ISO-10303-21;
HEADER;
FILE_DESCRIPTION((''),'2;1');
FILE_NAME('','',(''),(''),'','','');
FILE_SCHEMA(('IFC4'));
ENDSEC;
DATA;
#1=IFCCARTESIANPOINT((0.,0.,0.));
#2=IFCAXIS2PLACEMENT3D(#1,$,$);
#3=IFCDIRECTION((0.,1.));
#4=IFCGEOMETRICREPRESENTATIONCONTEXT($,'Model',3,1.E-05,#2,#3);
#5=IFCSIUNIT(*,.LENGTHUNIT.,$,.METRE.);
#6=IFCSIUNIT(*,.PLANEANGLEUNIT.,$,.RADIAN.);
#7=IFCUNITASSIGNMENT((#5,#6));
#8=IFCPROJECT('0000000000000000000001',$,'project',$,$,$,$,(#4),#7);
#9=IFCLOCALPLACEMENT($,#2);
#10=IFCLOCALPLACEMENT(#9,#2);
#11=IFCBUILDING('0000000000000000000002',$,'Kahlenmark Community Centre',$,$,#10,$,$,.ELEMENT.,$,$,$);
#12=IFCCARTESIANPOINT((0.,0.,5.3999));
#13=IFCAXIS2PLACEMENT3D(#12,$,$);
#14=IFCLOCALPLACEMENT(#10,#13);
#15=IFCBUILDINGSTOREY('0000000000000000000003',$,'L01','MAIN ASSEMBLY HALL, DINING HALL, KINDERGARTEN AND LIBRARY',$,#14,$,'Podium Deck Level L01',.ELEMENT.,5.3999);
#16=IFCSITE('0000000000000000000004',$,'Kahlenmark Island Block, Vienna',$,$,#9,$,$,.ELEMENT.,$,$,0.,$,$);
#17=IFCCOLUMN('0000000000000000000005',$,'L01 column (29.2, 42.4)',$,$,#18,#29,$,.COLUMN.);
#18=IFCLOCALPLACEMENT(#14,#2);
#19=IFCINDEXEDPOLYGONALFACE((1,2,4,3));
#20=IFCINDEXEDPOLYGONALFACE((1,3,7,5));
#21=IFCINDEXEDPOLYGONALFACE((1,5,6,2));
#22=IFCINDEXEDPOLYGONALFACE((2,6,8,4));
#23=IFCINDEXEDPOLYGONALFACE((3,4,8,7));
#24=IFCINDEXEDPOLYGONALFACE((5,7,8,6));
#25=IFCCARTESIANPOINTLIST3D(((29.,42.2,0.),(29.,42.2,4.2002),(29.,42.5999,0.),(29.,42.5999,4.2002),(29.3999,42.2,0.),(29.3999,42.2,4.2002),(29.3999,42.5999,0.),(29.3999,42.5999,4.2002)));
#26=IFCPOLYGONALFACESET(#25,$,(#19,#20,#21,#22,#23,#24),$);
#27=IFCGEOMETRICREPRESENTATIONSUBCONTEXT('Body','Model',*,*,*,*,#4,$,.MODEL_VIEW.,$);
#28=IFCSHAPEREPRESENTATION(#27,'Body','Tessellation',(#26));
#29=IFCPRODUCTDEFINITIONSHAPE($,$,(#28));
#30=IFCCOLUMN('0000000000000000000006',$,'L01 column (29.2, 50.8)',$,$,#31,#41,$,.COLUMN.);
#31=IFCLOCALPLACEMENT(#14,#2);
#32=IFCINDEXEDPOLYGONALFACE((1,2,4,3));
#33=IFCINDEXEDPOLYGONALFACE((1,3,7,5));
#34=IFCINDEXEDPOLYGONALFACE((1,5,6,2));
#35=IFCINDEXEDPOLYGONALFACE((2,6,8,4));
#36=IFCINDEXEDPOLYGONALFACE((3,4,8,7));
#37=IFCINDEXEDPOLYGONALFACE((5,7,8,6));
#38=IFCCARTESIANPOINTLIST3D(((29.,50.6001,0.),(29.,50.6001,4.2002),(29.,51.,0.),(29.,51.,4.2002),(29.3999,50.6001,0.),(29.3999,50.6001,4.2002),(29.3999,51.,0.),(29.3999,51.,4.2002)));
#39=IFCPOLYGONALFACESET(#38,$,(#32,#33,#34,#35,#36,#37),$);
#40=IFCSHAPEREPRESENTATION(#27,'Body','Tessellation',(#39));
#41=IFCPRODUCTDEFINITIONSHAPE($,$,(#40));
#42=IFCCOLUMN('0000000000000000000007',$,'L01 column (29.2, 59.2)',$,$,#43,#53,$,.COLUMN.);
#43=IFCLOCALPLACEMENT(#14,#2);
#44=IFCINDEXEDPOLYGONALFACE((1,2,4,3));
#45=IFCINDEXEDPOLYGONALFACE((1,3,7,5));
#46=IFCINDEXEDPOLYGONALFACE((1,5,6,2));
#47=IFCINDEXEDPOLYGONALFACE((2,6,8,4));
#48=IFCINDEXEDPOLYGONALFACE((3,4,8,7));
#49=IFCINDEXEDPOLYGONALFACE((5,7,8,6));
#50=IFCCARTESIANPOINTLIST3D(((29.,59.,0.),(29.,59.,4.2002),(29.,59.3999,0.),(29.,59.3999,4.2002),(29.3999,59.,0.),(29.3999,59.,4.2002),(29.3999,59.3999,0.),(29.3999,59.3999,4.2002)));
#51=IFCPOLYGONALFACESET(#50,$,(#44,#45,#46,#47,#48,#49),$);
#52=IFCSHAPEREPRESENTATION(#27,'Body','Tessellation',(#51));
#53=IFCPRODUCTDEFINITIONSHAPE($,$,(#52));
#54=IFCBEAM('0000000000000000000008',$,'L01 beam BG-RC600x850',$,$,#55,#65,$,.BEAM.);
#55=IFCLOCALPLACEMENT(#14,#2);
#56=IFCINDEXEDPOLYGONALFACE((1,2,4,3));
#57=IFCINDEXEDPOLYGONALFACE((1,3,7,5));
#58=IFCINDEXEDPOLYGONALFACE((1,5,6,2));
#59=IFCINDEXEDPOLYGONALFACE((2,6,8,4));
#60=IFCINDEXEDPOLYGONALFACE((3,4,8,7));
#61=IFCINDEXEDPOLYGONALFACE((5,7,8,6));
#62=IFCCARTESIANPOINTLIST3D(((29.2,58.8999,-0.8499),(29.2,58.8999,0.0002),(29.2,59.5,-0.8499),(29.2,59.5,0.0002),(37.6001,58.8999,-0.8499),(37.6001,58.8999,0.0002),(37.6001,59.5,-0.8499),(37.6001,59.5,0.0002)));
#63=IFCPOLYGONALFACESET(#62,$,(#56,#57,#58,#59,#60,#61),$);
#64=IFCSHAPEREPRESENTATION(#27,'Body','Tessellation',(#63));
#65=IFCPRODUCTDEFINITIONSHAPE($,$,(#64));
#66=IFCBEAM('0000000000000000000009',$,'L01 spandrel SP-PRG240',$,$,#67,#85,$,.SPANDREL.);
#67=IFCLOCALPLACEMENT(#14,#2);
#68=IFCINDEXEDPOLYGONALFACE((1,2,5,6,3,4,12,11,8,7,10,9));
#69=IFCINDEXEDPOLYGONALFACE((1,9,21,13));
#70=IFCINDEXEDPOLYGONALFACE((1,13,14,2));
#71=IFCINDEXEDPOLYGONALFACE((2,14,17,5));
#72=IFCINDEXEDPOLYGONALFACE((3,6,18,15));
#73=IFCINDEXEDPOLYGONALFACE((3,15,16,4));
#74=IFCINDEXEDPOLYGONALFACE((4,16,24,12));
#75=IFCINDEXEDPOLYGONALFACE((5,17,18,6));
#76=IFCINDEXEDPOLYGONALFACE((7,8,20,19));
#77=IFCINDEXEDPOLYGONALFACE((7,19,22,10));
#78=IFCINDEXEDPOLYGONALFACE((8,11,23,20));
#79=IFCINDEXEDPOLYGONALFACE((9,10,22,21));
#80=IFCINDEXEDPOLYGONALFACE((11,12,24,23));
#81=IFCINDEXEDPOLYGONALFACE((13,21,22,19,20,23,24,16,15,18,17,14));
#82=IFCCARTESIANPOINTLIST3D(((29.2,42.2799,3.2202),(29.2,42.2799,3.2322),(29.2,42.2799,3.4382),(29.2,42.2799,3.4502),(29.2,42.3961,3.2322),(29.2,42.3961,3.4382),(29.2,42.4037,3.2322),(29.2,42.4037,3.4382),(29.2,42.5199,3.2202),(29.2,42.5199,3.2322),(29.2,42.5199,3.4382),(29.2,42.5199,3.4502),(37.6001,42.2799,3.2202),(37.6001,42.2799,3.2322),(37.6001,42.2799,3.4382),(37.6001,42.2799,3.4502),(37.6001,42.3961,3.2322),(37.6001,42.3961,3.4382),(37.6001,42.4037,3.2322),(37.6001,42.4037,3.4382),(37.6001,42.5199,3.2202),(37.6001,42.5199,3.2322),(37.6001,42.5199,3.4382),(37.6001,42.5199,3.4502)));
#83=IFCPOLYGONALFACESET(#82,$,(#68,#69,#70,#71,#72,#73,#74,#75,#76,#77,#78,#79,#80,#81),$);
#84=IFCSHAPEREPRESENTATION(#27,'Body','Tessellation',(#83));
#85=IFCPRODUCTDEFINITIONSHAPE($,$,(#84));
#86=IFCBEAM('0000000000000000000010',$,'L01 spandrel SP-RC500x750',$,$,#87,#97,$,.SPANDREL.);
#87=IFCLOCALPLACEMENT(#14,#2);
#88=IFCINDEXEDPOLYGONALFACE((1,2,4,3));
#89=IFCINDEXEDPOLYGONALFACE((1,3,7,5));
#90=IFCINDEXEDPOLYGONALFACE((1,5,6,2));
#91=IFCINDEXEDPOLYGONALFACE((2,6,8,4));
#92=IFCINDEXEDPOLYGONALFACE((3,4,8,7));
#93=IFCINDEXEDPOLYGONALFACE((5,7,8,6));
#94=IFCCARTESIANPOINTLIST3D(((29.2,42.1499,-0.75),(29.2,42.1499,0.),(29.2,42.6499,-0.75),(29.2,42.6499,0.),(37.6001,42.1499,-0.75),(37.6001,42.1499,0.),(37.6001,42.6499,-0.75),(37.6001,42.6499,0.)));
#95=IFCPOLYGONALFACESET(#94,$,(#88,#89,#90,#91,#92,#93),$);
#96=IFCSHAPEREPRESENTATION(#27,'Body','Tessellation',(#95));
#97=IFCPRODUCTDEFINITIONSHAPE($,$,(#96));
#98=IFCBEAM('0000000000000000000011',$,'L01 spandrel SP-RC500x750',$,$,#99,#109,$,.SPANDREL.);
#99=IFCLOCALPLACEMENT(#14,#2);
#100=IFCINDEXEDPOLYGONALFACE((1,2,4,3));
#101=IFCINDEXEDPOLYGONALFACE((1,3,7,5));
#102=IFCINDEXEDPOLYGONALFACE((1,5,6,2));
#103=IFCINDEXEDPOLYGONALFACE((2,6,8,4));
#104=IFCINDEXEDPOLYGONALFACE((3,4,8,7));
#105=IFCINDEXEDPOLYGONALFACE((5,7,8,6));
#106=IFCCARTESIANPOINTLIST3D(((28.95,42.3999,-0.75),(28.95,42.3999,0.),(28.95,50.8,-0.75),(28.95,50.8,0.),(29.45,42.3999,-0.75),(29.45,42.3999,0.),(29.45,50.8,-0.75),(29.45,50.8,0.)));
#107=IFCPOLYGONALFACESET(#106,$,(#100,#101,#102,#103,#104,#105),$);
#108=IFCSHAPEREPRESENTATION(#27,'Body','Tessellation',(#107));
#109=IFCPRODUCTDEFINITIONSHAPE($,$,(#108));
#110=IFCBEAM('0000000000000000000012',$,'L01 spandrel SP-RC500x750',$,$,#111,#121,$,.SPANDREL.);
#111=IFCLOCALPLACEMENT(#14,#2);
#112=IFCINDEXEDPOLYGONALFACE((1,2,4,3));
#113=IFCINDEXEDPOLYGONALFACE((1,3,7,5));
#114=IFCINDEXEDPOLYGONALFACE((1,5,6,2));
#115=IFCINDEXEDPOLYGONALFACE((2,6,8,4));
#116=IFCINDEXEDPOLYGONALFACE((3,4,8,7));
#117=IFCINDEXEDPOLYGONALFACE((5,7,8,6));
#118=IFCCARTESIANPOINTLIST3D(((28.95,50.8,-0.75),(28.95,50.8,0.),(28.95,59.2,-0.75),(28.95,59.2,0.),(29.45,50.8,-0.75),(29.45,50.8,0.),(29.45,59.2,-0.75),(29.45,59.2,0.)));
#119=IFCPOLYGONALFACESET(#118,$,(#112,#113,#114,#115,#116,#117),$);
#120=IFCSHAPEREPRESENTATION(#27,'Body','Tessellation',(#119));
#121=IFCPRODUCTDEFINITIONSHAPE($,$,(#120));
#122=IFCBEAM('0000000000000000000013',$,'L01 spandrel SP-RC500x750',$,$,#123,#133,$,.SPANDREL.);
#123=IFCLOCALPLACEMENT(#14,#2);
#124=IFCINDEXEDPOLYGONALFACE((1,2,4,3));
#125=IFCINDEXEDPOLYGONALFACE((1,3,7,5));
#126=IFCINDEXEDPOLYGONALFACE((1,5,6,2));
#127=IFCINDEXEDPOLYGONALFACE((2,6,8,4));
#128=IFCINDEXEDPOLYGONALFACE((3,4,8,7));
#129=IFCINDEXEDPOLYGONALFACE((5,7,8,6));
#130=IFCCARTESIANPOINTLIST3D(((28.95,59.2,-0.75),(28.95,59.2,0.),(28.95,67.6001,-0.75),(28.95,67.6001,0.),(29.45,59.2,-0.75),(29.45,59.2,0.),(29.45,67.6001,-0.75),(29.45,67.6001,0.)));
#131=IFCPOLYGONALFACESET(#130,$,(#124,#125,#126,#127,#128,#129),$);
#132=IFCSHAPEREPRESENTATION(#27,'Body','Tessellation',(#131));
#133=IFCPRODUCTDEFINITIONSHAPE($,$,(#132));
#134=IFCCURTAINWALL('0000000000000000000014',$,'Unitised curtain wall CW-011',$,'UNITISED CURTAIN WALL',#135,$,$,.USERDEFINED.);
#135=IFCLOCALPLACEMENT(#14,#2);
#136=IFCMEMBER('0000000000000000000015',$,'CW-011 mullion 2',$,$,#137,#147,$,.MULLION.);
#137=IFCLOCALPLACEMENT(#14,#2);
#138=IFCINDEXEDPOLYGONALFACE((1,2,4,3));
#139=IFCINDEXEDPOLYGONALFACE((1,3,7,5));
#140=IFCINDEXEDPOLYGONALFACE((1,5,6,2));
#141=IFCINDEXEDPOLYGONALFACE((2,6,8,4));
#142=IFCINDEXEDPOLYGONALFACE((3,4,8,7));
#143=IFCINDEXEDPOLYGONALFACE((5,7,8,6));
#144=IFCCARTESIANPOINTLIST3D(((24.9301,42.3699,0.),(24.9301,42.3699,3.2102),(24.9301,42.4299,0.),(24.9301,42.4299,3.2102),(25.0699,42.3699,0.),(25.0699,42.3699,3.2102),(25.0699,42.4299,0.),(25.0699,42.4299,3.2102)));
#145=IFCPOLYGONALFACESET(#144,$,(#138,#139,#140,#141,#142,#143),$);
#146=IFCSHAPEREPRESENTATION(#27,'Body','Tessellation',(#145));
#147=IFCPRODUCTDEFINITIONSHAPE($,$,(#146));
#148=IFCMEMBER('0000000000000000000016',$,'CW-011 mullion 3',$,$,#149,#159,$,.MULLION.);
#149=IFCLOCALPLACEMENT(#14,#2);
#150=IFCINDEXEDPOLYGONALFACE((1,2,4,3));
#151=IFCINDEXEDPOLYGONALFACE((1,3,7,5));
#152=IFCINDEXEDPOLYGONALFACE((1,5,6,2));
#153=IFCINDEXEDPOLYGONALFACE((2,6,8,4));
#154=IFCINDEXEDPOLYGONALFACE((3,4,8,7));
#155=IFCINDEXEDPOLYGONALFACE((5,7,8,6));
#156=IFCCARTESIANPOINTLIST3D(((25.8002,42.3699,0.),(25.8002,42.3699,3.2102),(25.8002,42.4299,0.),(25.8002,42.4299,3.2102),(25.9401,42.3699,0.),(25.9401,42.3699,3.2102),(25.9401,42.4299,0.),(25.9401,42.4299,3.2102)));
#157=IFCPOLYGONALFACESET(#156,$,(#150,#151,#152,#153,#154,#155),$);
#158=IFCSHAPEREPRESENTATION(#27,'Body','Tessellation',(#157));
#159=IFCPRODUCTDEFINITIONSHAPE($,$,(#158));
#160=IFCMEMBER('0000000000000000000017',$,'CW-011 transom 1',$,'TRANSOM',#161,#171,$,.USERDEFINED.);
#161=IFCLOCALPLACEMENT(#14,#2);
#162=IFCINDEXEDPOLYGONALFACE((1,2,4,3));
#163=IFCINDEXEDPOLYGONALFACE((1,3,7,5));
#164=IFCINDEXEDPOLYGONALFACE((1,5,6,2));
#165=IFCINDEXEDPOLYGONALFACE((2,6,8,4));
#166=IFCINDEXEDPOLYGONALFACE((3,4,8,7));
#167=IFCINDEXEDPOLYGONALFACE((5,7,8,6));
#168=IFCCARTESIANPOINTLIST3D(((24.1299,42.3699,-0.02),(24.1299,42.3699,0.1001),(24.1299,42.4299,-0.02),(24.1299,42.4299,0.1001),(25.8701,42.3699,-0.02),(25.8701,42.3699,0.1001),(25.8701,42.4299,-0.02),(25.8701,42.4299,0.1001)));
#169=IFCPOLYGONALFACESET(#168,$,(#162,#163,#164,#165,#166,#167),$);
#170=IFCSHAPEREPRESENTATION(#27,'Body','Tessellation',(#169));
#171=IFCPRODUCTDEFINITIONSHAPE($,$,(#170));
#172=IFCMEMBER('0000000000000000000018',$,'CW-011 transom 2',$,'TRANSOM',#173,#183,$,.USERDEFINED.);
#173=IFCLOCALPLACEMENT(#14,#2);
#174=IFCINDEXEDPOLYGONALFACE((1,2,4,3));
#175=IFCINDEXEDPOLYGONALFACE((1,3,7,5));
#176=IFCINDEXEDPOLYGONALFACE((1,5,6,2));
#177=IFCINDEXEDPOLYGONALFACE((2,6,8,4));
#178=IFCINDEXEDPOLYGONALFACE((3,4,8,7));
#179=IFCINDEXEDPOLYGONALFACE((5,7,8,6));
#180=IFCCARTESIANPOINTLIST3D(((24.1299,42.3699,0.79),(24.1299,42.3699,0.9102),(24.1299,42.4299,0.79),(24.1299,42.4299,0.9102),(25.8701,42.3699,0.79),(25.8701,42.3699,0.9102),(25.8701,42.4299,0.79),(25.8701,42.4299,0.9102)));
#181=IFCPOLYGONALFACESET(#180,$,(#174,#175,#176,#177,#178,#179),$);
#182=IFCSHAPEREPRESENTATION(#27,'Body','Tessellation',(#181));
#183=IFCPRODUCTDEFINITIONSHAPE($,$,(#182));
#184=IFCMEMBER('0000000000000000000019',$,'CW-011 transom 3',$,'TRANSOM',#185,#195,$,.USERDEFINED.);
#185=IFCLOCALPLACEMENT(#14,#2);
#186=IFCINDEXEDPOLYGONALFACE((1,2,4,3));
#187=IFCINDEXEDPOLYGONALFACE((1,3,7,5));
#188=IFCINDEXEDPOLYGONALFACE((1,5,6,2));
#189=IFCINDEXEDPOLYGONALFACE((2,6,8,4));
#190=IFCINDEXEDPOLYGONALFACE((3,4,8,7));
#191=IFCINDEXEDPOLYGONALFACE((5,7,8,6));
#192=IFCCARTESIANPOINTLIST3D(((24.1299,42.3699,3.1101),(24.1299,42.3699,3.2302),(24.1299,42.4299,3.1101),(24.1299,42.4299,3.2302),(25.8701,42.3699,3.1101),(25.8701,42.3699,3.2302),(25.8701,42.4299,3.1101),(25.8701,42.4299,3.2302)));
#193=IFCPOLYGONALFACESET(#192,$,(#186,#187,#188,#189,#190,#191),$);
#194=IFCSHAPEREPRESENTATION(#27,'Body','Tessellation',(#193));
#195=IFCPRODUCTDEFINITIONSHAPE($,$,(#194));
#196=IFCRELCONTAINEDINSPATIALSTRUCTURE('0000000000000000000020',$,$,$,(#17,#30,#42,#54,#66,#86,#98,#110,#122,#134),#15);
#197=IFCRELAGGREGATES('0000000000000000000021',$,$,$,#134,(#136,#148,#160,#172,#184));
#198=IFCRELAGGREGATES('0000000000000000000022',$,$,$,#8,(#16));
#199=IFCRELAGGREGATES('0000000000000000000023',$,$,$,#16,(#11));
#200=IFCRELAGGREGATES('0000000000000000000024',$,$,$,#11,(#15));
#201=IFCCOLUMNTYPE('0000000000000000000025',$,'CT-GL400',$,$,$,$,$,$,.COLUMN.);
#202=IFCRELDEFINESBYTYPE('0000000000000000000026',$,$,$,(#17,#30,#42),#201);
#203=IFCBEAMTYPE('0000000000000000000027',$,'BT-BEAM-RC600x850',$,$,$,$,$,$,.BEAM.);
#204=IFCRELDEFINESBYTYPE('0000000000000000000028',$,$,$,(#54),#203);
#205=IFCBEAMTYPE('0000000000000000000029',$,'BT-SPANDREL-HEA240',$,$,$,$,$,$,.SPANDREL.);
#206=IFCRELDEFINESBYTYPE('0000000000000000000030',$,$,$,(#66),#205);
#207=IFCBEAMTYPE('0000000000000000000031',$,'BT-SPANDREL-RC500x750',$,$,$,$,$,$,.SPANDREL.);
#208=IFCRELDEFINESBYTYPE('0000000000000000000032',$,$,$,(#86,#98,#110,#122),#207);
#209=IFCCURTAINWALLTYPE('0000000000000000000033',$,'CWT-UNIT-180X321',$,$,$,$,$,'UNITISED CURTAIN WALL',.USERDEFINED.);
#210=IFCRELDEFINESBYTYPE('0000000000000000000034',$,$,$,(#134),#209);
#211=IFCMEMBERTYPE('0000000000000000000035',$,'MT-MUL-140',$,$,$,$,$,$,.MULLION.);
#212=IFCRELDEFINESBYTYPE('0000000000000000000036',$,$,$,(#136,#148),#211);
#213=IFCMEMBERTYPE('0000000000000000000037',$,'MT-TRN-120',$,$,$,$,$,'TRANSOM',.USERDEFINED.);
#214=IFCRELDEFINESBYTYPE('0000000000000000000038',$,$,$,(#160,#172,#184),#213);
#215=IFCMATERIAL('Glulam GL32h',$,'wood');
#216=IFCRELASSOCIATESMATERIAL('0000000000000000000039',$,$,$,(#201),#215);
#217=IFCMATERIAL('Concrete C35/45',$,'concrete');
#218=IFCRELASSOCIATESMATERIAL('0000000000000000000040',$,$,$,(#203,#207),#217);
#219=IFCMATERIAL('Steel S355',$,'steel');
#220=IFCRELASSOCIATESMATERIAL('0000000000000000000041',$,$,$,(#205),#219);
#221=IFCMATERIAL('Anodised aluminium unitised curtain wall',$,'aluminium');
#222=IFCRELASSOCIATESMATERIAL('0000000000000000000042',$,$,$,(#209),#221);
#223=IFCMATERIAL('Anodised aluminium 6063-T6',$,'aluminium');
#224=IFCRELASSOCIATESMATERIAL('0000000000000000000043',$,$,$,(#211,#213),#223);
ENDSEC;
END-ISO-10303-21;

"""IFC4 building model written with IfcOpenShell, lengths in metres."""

from ifc_helpers import new_model, si_unit, direction, frame, origin, origin_2d, place, context, subcontext, project, spatial, rectangle, i_section, extrude, material, material_profile, profile_set, type_object, element, aggregate, save


model = new_model("IFC4")

# Units and contexts
model_context = context("Model", 3, precision=1e-05, world=origin(), true_north=direction((0.0, 1.0)))
body_context = subcontext(model_context, "Body", "Model", "MODEL_VIEW")
ifc_project = project(units=[si_unit("LENGTHUNIT", "METRE"), si_unit("PLANEANGLEUNIT", "RADIAN")], contexts=[model_context])

# Site, building, storey
site_placement = place(None, origin())
site = spatial("IfcSite", under=ifc_project, at=site_placement, Name="Kahlenmark Island Block, Vienna", CompositionType="ELEMENT", RefElevation=0.0)
building_placement = place(site_placement, origin())
building = spatial("IfcBuilding", under=site, at=building_placement, Name="Kahlenmark Community Centre", CompositionType="ELEMENT")
storey_placement = place(building_placement, frame((0.0, 0.0, 5.3999)))
storey = spatial("IfcBuildingStorey", under=building, at=storey_placement, Name="L01", Description="MAIN ASSEMBLY HALL, DINING HALL, KINDERGARTEN AND LIBRARY", LongName="Podium Deck Level L01", CompositionType="ELEMENT", Elevation=5.3999)

# Columns
ifc_material_1 = material(Name="Glulam GL32h", Category="wood")
ifc_material_profile_1 = material_profile(ifc_material_1, rectangle(XDim=0.3999, YDim=0.3999, at=origin_2d()), Name="GL32h 400x400")
ifc_profile_set_1 = profile_set([ifc_material_profile_1], Name="Glulam GL32h")
column_type = type_object("IfcColumnType", Name="CT-GL400", PredefinedType="COLUMN", material=ifc_profile_set_1)
for number, where, z_axis, x_axis, name in (
    (1, (29.2, 42.3999, 0.0), (0.0, 0.0, 1.0), (1.0, 0.0, 0.0), "L01 column (29.2, 42.4)"),
    (2, (29.2, 50.8, 0.0), (0.0, 0.0, 1.0), (1.0, 0.0, 0.0), "L01 column (29.2, 50.8)"),
    (3, (29.2, 59.2, 0.0), (0.0, 0.0, 1.0), (1.0, 0.0, 0.0), "L01 column (29.2, 59.2)"),
):
    element("IfcColumn", number, at=place(storey_placement, frame(where, z_axis=z_axis, x_axis=x_axis)), inside=storey, type_object=column_type, Name=name, PredefinedType="COLUMN", context=body_context, shape_type="SweptSolid", body=[
        extrude(rectangle(XDim=0.3999, YDim=0.3999, at=origin_2d()), origin(), (0.0, 0.0, 1.0), 4.2002),
    ])

# Beams
ifc_material_2 = material(Name="Concrete C35/45", Category="concrete")
ifc_material_profile_2 = material_profile(ifc_material_2, rectangle(XDim=0.6001, YDim=0.8501, at=origin_2d()), Name="RC 600x850")
ifc_profile_set_2 = profile_set([ifc_material_profile_2], Name="Concrete C35/45")
beam_type_1 = type_object("IfcBeamType", Name="BT-BEAM-RC600x850", PredefinedType="BEAM", material=ifc_profile_set_2)
beam_1_placement = place(storey_placement, frame((29.2, 59.2, -0.4248), z_axis=(1.0, 0.0, 0.0), x_axis=(0.0, 1.0, 0.0)))
element("IfcBeam", 4, at=beam_1_placement, inside=storey, type_object=beam_type_1, Name="L01 beam BG-RC600x850", PredefinedType="BEAM", context=body_context, shape_type="SweptSolid", body=[
    extrude(rectangle(XDim=0.6001, YDim=0.8501, at=origin_2d()), origin(), (0.0, 0.0, 1.0), 8.4001),
])
ifc_material_3 = material(Name="Steel S355", Category="steel")
ifc_material_profile_3 = material_profile(ifc_material_3, i_section(OverallWidth=0.24, OverallDepth=0.23, WebThickness=0.0076, FlangeThickness=0.012, at=origin_2d()), Name="HEA 240")
ifc_profile_set_3 = profile_set([ifc_material_profile_3], Name="Steel S355")
beam_type_2 = type_object("IfcBeamType", Name="BT-SPANDREL-HEA240", PredefinedType="SPANDREL", material=ifc_profile_set_3)
beam_2_placement = place(storey_placement, frame((29.2, 42.3999, 3.3352), z_axis=(1.0, 0.0, 0.0), x_axis=(0.0, 1.0, 0.0)))
element("IfcBeam", 5, at=beam_2_placement, inside=storey, type_object=beam_type_2, Name="L01 spandrel SP-PRG240", PredefinedType="SPANDREL", context=body_context, shape_type="SweptSolid", body=[
    extrude(i_section(OverallWidth=0.24, OverallDepth=0.23, WebThickness=0.0076, FlangeThickness=0.012, at=origin_2d()), origin(), (0.0, 0.0, 1.0), 8.4001),
])
ifc_material_profile_4 = material_profile(ifc_material_2, rectangle(XDim=0.5, YDim=0.75, at=origin_2d()), Name="RC 500x750")
ifc_profile_set_4 = profile_set([ifc_material_profile_4], Name="Concrete C35/45")
beam_type_3 = type_object("IfcBeamType", Name="BT-SPANDREL-RC500x750", PredefinedType="SPANDREL", material=ifc_profile_set_4)
for number, where, z_axis, x_axis, name in (
    (6, (29.2, 42.3999, -0.375), (1.0, 0.0, 0.0), (0.0, 1.0, 0.0), "L01 spandrel SP-RC500x750"),
    (7, (29.2, 42.3999, -0.375), (0.0, 1.0, 0.0), (-1.0, 0.0, 0.0), "L01 spandrel SP-RC500x750"),
):
    element("IfcBeam", number, at=place(storey_placement, frame(where, z_axis=z_axis, x_axis=x_axis)), inside=storey, type_object=beam_type_3, Name=name, PredefinedType="SPANDREL", context=body_context, shape_type="SweptSolid", body=[
        extrude(rectangle(XDim=0.5, YDim=0.75, at=origin_2d()), origin(), (0.0, 0.0, 1.0), 8.4001),
    ])
beam_3_placement = place(storey_placement, frame((29.2, 50.8, -0.375), z_axis=(0.0, 1.0, 0.0), x_axis=(-1.0, 0.0, 0.0)))
element("IfcBeam", 8, at=beam_3_placement, inside=storey, type_object=beam_type_3, Name="L01 spandrel SP-RC500x750", PredefinedType="SPANDREL", context=body_context, shape_type="SweptSolid", body=[
    extrude(rectangle(XDim=0.5, YDim=0.75, at=origin_2d()), origin(), (0.0, 0.0, 1.0), 8.3999),
])
beam_4_placement = place(storey_placement, frame((29.2, 59.2, -0.375), z_axis=(0.0, 1.0, 0.0), x_axis=(-1.0, 0.0, 0.0)))
element("IfcBeam", 9, at=beam_4_placement, inside=storey, type_object=beam_type_3, Name="L01 spandrel SP-RC500x750", PredefinedType="SPANDREL", context=body_context, shape_type="SweptSolid", body=[
    extrude(rectangle(XDim=0.5, YDim=0.75, at=origin_2d()), origin(), (0.0, 0.0, 1.0), 8.4001),
])

# Curtain wall, members
ifc_material_4 = material(Name="Anodised aluminium unitised curtain wall", Category="aluminium")
curtain_wall_type = type_object("IfcCurtainWallType", Name="CWT-UNIT-180X321", ElementType="UNITISED CURTAIN WALL", PredefinedType="USERDEFINED", material=ifc_material_4)
curtain_wall_placement = place(storey_placement, origin())
curtain_wall = element("IfcCurtainWall", 10, at=curtain_wall_placement, inside=storey, type_object=curtain_wall_type, Name="Unitised curtain wall CW-011", ObjectType="UNITISED CURTAIN WALL", PredefinedType="USERDEFINED")
ifc_material_5 = material(Name="Anodised aluminium 6063-T6", Category="aluminium")
ifc_material_profile_5 = material_profile(ifc_material_5, rectangle(XDim=0.0601, YDim=0.1399, at=origin_2d()), Name="ALU MULLION 60x140")
ifc_profile_set_5 = profile_set([ifc_material_profile_5], Name="Anodised aluminium 6063-T6")
member_type_1 = type_object("IfcMemberType", Name="MT-MUL-140", PredefinedType="MULLION", material=ifc_profile_set_5)
member_1_placement = place(storey_placement, frame((25.0, 42.3999, 0.0), z_axis=(0.0, 0.0, 1.0), x_axis=(0.0, 1.0, 0.0)))
member_1 = element("IfcMember", 11, at=member_1_placement, type_object=member_type_1, Name="CW-011 mullion 2", PredefinedType="MULLION", context=body_context, shape_type="SweptSolid", body=[
    extrude(rectangle(XDim=0.0601, YDim=0.1399, at=origin_2d()), origin(), (0.0, 0.0, 1.0), 3.2102),
])
member_2_placement = place(storey_placement, frame((25.8701, 42.3999, 0.0), z_axis=(0.0, 0.0, 1.0), x_axis=(0.0, 1.0, 0.0)))
member_2 = element("IfcMember", 12, at=member_2_placement, type_object=member_type_1, Name="CW-011 mullion 3", PredefinedType="MULLION", context=body_context, shape_type="SweptSolid", body=[
    extrude(rectangle(XDim=0.0601, YDim=0.1399, at=origin_2d()), origin(), (0.0, 0.0, 1.0), 3.2102),
])
ifc_material_profile_6 = material_profile(ifc_material_5, rectangle(XDim=0.0601, YDim=0.1201, at=origin_2d()), Name="ALU TRANSOM 60x120")
ifc_profile_set_6 = profile_set([ifc_material_profile_6], Name="Anodised aluminium 6063-T6")
member_type_2 = type_object("IfcMemberType", Name="MT-TRN-120", ElementType="TRANSOM", PredefinedType="USERDEFINED", material=ifc_profile_set_6)
member_3_placement = place(storey_placement, frame((24.1299, 42.3999, 0.04), z_axis=(1.0, 0.0, 0.0), x_axis=(0.0, 1.0, 0.0)))
member_3 = element("IfcMember", 13, at=member_3_placement, type_object=member_type_2, Name="CW-011 transom 1", ObjectType="TRANSOM", PredefinedType="USERDEFINED", context=body_context, shape_type="SweptSolid", body=[
    extrude(rectangle(XDim=0.0601, YDim=0.1201, at=origin_2d()), origin(), (0.0, 0.0, 1.0), 1.7402),
])
member_4_placement = place(storey_placement, frame((24.1299, 42.3999, 0.8501), z_axis=(1.0, 0.0, 0.0), x_axis=(0.0, 1.0, 0.0)))
member_4 = element("IfcMember", 14, at=member_4_placement, type_object=member_type_2, Name="CW-011 transom 2", ObjectType="TRANSOM", PredefinedType="USERDEFINED", context=body_context, shape_type="SweptSolid", body=[
    extrude(rectangle(XDim=0.0601, YDim=0.1201, at=origin_2d()), origin(), (0.0, 0.0, 1.0), 1.7402),
])
member_5_placement = place(storey_placement, frame((24.1299, 42.3999, 3.1702), z_axis=(1.0, 0.0, 0.0), x_axis=(0.0, 1.0, 0.0)))
member_5 = element("IfcMember", 15, at=member_5_placement, type_object=member_type_2, Name="CW-011 transom 3", ObjectType="TRANSOM", PredefinedType="USERDEFINED", context=body_context, shape_type="SweptSolid", body=[
    extrude(rectangle(XDim=0.0601, YDim=0.1201, at=origin_2d()), origin(), (0.0, 0.0, 1.0), 1.7402),
])
aggregate(curtain_wall, [member_1, member_2, member_3, member_4, member_5])

save(model, "model.ifc")
